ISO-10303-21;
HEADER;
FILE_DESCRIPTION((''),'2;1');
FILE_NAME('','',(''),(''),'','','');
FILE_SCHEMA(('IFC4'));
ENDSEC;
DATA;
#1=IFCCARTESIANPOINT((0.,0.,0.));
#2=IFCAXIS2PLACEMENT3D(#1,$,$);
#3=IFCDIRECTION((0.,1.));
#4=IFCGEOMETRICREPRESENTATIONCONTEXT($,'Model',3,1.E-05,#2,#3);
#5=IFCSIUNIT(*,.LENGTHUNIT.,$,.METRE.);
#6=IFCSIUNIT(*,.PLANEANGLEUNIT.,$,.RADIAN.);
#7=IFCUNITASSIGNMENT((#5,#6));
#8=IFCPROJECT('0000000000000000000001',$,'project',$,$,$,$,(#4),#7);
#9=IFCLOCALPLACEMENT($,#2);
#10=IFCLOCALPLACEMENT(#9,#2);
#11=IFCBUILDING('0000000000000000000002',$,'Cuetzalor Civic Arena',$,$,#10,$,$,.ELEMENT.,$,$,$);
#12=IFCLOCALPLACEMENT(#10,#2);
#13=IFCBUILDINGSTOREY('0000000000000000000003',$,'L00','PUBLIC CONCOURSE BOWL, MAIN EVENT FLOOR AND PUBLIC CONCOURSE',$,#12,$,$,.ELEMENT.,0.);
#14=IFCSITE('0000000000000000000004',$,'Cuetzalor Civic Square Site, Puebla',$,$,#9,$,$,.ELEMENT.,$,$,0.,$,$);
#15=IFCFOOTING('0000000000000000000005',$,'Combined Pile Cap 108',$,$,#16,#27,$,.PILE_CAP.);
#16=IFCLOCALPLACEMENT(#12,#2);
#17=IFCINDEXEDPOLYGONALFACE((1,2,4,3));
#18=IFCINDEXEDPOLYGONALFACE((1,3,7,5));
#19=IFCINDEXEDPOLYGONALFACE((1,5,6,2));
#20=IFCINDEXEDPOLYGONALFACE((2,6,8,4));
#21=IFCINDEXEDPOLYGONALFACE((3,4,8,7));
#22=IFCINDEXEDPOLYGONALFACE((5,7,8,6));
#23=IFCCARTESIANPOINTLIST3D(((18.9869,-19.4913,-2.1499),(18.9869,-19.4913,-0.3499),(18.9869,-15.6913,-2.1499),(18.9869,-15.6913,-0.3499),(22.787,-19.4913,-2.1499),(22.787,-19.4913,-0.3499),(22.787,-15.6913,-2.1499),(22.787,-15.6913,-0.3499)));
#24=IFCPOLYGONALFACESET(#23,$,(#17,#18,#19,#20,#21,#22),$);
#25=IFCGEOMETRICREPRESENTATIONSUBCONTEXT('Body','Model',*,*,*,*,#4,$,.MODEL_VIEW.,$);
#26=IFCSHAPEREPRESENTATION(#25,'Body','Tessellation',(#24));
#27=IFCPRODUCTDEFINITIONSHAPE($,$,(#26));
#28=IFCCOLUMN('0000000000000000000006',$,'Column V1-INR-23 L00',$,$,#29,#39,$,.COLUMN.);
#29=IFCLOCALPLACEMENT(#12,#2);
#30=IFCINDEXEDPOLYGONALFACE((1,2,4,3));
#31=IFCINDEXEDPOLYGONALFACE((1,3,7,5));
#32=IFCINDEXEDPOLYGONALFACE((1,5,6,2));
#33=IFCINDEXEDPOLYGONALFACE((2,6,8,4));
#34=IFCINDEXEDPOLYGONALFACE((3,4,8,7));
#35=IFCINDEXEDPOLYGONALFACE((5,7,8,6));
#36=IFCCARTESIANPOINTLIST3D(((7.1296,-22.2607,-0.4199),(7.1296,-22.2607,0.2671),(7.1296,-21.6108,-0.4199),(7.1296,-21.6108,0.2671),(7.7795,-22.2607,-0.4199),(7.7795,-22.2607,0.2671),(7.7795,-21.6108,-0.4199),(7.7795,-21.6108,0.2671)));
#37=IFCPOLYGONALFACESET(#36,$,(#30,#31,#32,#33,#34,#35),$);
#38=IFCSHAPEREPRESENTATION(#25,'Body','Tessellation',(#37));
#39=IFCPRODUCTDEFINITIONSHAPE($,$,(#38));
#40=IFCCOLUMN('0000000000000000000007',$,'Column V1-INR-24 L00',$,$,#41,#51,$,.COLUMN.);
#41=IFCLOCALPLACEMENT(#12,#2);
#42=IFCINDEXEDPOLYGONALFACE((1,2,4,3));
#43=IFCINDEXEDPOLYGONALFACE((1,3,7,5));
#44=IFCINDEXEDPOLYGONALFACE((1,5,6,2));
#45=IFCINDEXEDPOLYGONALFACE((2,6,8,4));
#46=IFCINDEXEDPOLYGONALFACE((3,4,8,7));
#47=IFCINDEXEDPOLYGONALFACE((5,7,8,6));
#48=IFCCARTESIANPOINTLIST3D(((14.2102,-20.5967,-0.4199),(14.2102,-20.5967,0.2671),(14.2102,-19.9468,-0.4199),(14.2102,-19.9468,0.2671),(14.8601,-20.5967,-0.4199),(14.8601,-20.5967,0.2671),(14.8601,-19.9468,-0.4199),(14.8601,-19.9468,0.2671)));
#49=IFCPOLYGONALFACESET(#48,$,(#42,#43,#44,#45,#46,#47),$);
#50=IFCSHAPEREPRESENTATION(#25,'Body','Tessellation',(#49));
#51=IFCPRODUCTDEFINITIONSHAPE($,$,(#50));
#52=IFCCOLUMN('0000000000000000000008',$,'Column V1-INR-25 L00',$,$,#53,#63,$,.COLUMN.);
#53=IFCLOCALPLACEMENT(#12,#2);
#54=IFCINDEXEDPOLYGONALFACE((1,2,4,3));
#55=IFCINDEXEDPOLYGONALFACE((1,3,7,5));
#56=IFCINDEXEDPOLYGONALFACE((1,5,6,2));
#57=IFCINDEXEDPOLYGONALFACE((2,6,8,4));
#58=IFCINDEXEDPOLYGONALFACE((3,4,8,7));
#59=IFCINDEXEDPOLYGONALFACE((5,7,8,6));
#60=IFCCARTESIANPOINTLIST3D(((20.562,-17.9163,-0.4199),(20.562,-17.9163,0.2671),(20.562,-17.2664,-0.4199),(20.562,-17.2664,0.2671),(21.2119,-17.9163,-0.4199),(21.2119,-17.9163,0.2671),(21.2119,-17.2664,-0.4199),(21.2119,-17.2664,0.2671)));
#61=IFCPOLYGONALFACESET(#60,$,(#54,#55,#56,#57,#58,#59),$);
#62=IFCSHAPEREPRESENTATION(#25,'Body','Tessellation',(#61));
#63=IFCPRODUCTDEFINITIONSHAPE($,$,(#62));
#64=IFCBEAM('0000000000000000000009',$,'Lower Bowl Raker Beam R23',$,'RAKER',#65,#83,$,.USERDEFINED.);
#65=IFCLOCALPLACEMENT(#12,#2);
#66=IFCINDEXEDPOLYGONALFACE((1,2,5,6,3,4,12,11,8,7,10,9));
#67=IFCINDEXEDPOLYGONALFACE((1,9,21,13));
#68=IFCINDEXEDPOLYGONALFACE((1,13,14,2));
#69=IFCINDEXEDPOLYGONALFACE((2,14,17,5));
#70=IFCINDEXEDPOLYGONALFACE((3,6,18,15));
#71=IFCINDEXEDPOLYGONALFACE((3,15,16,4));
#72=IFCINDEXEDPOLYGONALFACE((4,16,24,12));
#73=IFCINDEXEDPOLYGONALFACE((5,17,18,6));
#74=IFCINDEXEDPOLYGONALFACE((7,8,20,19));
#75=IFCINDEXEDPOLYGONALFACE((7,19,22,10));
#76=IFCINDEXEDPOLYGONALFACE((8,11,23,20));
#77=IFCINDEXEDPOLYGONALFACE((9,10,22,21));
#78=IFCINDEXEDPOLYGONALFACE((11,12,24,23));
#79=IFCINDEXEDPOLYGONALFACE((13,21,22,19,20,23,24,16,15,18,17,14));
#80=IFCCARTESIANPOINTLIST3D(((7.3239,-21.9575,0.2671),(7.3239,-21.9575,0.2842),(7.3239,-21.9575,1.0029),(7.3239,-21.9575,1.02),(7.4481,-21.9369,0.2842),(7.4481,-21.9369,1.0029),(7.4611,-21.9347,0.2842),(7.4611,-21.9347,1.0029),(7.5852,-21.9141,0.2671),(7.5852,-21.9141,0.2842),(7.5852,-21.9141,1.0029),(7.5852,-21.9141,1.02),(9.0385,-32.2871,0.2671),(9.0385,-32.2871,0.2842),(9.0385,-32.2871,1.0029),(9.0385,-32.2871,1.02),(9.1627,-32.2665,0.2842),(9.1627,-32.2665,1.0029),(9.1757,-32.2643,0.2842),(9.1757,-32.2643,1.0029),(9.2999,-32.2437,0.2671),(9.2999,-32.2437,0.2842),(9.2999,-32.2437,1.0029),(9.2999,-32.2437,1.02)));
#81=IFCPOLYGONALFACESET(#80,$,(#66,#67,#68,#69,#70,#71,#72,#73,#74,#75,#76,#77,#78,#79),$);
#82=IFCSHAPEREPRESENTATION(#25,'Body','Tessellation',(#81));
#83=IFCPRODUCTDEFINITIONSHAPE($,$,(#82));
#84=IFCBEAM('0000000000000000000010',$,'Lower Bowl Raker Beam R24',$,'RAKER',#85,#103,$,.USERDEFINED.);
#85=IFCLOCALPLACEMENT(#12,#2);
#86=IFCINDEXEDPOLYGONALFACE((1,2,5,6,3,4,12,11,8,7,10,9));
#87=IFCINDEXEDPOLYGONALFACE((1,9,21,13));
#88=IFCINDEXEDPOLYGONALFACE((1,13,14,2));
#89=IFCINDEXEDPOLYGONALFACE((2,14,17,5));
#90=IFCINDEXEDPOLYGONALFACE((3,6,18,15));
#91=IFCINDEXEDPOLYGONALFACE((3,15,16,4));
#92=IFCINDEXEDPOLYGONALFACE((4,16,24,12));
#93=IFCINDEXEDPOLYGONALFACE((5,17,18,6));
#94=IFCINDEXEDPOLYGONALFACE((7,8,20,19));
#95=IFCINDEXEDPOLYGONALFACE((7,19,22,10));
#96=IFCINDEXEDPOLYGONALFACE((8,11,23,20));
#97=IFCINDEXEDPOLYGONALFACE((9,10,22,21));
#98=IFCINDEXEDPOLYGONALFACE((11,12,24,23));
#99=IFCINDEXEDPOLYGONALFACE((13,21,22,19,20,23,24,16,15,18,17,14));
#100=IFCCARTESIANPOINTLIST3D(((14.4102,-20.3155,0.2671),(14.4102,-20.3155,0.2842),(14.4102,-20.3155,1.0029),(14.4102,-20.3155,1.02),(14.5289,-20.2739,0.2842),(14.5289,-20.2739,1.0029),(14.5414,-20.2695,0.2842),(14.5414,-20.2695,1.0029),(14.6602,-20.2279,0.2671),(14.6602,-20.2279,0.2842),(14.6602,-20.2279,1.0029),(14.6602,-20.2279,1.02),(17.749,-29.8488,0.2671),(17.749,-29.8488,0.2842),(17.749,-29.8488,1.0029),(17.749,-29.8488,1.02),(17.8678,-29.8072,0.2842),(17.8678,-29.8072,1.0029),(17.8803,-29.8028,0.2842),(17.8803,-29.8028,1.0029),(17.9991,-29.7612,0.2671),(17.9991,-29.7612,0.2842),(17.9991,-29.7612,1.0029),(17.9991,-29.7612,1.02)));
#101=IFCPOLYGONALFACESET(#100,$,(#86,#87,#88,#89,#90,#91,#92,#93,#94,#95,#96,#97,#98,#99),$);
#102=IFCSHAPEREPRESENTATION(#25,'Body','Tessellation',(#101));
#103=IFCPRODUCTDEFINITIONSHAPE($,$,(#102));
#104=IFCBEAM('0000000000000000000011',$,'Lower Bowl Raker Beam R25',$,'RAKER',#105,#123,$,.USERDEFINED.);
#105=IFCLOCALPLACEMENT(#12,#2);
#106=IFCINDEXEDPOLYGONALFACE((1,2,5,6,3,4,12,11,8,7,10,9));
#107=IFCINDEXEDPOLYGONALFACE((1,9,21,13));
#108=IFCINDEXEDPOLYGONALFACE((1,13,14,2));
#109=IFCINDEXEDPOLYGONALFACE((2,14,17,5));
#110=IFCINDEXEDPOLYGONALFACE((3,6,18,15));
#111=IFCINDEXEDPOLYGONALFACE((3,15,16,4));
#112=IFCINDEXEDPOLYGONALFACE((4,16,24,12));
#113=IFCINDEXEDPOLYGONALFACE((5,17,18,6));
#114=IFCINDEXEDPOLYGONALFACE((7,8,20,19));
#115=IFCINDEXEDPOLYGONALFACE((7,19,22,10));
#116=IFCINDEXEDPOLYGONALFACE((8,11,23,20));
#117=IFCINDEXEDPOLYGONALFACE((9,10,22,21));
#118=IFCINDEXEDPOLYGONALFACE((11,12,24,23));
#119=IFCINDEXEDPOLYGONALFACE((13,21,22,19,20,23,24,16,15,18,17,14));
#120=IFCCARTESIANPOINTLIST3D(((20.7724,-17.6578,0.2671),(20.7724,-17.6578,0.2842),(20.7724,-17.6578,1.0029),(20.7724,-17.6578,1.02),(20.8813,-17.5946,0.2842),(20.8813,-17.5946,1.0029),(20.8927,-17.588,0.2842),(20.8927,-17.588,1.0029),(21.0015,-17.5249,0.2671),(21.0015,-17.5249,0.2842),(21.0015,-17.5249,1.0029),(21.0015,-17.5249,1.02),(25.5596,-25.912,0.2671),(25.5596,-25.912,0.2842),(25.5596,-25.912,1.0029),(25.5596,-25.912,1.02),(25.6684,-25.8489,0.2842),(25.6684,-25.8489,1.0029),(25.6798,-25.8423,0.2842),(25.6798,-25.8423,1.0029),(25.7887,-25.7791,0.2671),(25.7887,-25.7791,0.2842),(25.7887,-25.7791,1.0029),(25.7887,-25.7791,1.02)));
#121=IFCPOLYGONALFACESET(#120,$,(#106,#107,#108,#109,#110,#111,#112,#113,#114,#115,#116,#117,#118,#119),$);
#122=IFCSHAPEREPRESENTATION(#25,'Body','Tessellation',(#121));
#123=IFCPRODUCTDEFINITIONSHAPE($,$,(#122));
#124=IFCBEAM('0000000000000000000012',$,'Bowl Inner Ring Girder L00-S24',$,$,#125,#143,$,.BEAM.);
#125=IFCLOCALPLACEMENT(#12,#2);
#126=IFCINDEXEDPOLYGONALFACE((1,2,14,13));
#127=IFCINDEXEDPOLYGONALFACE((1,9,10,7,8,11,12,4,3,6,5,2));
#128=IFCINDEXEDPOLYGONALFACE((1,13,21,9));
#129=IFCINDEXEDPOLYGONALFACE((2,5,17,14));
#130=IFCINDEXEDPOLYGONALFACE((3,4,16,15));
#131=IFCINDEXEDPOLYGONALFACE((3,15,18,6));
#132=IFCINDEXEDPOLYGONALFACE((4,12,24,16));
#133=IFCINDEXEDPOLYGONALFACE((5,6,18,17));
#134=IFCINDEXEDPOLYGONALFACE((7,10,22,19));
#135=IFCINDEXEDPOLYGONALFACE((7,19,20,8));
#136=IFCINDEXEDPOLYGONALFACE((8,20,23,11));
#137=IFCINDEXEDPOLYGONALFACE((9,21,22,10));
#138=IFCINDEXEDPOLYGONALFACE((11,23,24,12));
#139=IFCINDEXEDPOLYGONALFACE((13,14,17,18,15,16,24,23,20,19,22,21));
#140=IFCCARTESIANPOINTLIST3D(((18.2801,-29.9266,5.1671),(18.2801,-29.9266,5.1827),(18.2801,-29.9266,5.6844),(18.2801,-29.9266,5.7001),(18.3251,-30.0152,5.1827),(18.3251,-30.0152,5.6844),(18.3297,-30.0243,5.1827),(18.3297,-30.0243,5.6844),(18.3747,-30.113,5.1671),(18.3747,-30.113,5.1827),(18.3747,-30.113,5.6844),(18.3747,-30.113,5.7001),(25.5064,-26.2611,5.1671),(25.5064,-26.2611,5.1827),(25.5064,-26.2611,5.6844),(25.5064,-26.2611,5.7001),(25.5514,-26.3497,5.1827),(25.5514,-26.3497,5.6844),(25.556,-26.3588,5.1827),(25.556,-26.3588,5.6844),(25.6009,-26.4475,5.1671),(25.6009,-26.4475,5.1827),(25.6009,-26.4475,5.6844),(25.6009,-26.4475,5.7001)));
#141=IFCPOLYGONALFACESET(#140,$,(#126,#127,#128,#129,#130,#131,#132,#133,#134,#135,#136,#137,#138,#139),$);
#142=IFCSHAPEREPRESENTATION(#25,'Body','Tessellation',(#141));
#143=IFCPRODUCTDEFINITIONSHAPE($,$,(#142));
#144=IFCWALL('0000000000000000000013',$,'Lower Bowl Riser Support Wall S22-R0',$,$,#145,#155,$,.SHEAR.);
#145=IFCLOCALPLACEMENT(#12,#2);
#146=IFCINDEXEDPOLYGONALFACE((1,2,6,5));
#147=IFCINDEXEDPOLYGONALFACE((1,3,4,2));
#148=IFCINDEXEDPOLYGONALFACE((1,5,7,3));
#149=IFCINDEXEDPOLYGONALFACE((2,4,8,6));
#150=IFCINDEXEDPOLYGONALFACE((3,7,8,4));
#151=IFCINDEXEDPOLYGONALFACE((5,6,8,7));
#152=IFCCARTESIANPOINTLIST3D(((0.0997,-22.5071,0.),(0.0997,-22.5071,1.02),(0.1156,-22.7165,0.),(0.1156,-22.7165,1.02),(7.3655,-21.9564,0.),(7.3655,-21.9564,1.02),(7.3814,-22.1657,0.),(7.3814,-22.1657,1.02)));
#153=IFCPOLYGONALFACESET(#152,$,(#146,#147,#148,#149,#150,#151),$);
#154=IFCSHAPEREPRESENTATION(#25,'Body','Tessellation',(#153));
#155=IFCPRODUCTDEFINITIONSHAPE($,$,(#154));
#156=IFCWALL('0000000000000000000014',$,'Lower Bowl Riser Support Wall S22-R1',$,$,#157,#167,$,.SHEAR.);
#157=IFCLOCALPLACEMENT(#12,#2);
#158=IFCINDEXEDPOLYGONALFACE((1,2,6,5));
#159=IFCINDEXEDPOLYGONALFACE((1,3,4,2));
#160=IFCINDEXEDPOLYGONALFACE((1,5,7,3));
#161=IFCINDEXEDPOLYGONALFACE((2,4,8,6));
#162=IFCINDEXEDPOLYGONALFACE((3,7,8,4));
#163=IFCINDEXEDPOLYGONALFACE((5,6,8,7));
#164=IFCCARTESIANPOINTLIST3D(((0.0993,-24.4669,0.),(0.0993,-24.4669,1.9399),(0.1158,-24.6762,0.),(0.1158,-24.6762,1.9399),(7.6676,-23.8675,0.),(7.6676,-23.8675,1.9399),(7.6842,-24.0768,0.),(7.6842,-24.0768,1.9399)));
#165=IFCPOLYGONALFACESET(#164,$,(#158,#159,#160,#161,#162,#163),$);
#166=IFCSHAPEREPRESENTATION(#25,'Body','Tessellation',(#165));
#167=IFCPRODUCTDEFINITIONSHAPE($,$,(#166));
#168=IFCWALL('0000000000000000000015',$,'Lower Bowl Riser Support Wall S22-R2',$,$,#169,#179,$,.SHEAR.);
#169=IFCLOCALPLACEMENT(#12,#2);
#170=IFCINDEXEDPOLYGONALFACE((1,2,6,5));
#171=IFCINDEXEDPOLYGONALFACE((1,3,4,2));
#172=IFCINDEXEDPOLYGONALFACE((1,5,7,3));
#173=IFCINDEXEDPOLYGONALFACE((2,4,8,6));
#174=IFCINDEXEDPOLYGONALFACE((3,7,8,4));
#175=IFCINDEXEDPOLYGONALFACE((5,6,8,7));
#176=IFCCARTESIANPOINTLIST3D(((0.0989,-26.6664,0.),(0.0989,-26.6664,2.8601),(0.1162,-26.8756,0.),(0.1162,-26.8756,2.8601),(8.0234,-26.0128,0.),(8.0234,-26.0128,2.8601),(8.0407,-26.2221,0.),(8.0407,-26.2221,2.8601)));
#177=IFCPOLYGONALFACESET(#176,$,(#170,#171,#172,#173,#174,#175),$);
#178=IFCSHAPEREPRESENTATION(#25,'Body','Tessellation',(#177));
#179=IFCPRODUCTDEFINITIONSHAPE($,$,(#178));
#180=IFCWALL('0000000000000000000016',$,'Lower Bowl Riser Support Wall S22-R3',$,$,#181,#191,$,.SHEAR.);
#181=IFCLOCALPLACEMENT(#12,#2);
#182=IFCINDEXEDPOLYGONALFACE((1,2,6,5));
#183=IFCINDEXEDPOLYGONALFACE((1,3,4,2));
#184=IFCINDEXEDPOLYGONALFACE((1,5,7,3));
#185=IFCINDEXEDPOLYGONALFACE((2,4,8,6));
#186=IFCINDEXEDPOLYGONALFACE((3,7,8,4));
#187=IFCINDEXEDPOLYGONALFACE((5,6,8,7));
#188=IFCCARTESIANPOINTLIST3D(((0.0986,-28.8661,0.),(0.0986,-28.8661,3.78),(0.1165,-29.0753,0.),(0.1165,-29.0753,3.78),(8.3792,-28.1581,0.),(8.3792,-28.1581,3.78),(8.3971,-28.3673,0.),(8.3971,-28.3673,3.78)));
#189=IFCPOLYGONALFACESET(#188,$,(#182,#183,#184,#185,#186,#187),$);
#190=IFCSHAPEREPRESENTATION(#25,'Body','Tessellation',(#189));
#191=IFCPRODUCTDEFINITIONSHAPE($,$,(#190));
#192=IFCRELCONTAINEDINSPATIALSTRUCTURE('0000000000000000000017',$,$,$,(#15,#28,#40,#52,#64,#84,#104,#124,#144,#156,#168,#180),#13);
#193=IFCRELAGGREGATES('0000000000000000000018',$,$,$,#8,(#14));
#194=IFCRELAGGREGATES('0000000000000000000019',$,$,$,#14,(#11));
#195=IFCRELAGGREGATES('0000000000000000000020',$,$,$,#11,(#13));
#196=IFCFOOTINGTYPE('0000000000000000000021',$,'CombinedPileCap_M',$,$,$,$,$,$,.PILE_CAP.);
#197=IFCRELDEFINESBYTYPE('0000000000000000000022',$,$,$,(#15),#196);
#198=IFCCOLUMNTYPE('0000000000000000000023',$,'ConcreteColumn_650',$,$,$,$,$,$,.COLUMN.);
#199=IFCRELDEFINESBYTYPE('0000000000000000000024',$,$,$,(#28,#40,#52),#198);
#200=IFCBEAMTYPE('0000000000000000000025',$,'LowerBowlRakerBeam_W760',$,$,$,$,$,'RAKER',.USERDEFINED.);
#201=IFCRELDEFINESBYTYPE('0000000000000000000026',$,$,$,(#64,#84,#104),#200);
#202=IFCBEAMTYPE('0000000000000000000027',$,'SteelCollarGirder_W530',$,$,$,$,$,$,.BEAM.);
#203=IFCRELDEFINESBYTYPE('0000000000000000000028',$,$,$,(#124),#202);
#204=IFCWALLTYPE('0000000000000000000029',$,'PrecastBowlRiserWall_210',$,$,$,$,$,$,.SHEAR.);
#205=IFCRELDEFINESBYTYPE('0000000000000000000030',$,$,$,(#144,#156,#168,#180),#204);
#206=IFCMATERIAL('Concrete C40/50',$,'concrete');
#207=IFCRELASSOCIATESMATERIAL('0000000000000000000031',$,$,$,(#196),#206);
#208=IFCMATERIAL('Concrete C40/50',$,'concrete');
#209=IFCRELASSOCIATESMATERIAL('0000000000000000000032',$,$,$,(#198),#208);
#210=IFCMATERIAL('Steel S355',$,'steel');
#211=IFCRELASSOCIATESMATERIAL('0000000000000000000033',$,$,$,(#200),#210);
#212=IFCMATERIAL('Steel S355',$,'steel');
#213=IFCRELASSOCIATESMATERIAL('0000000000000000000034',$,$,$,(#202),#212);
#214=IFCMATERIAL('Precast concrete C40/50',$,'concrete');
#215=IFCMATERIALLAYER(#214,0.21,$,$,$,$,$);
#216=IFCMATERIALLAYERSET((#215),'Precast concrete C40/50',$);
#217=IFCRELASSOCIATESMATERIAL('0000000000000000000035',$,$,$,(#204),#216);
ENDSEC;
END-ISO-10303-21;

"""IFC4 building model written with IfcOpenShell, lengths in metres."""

from ifc_helpers import new_model, si_unit, direction, frame, frame_2d, origin, origin_2d, place, context, subcontext, project, spatial, rectangle, i_section, extrude, material, layer, layer_set, material_profile, profile_set, type_object, element, save


model = new_model("IFC4")

# Units and contexts
model_context = context("Model", 3, precision=1e-05, world=origin(), true_north=direction((0.0, 1.0)))
body_context = subcontext(model_context, "Body", "Model", "MODEL_VIEW")
ifc_project = project(units=[si_unit("LENGTHUNIT", "METRE"), si_unit("PLANEANGLEUNIT", "RADIAN")], contexts=[model_context])

# Site, building, storey
site_placement = place(None, origin())
site = spatial("IfcSite", under=ifc_project, at=site_placement, Name="Cuetzalor Civic Square Site, Puebla", CompositionType="ELEMENT", RefElevation=0.0)
building_placement = place(site_placement, origin())
building = spatial("IfcBuilding", under=site, at=building_placement, Name="Cuetzalor Civic Arena", CompositionType="ELEMENT")
storey_placement = place(building_placement, origin())
storey = spatial("IfcBuildingStorey", under=building, at=storey_placement, Name="L00", Description="PUBLIC CONCOURSE BOWL, MAIN EVENT FLOOR AND PUBLIC CONCOURSE", CompositionType="ELEMENT", Elevation=0.0)

# Footing
ifc_material_1 = material(Name="Concrete C40/50", Category="concrete")
footing_type = type_object("IfcFootingType", Name="CombinedPileCap_M", PredefinedType="PILE_CAP", material=ifc_material_1)
for number, where, z_axis, x_axis, name in (
    (1, (20.887, -17.5913, -2.1499), (0.0, 0.0, 1.0), (1.0, 0.0, 0.0), "Combined Pile Cap 108"),
):
    element("IfcFooting", number, at=place(storey_placement, frame(where, z_axis=z_axis, x_axis=x_axis)), inside=storey, type_object=footing_type, Name=name, PredefinedType="PILE_CAP", context=body_context, shape_type="SweptSolid", body=[
        extrude(rectangle(XDim=3.8, YDim=3.8, at=origin_2d()), origin(), (0.0, 0.0, 1.0), 1.8),
    ])

# Columns
ifc_material_2 = material(Name="Concrete C40/50", Category="concrete")
ifc_material_profile_1 = material_profile(ifc_material_2, rectangle(XDim=0.6499, YDim=0.6499, at=origin_2d()), Name="RC 650x650")
ifc_profile_set_1 = profile_set([ifc_material_profile_1], Name="Concrete C40/50")
column_type = type_object("IfcColumnType", Name="ConcreteColumn_650", PredefinedType="COLUMN", material=ifc_profile_set_1)
for number, where, z_axis, x_axis, name in (
    (2, (7.4546, -21.9358, -0.4199), (0.0, 0.0, 1.0), (1.0, 0.0, 0.0), "Column V1-INR-23 L00"),
    (3, (14.5352, -20.2717, -0.4199), (0.0, 0.0, 1.0), (1.0, 0.0, 0.0), "Column V1-INR-24 L00"),
    (4, (20.887, -17.5913, -0.4199), (0.0, 0.0, 1.0), (1.0, 0.0, 0.0), "Column V1-INR-25 L00"),
):
    element("IfcColumn", number, at=place(storey_placement, frame(where, z_axis=z_axis, x_axis=x_axis)), inside=storey, type_object=column_type, Name=name, PredefinedType="COLUMN", context=body_context, shape_type="SweptSolid", body=[
        extrude(rectangle(XDim=0.6499, YDim=0.6499, at=origin_2d()), origin(), (0.0, 0.0, 1.0), 0.687),
    ])

# Beams
ifc_material_3 = material(Name="Steel S355", Category="steel")
ifc_material_profile_2 = material_profile(ifc_material_3, i_section(OverallWidth=0.2649, OverallDepth=0.7529, WebThickness=0.0132, FlangeThickness=0.0171, at=origin_2d()), Name="W760x147")
ifc_profile_set_2 = profile_set([ifc_material_profile_2], Name="Steel S355")
beam_type_1 = type_object("IfcBeamType", Name="LowerBowlRakerBeam_W760", ElementType="RAKER", PredefinedType="USERDEFINED", material=ifc_profile_set_2)
beam_1_placement = place(storey_placement, frame((7.4546, -21.9358, 0.6436), z_axis=(0.163749, -0.986502, 0.0), x_axis=(0.986502, 0.163749, 0.0)))
element("IfcBeam", 5, at=beam_1_placement, inside=storey, type_object=beam_type_1, Name="Lower Bowl Raker Beam R23", ObjectType="RAKER", PredefinedType="USERDEFINED", context=body_context, shape_type="SweptSolid", body=[
    extrude(i_section(OverallWidth=0.2649, OverallDepth=0.7529, WebThickness=0.0132, FlangeThickness=0.0171, at=origin_2d()), origin(), (0.0, 0.0, 1.0), 10.4709),
])
beam_2_placement = place(storey_placement, frame((14.5352, -20.2717, 0.6436), z_axis=(0.330549, -0.943789, 0.0), x_axis=(0.943789, 0.330549, 0.0)))
element("IfcBeam", 6, at=beam_2_placement, inside=storey, type_object=beam_type_1, Name="Lower Bowl Raker Beam R24", ObjectType="RAKER", PredefinedType="USERDEFINED", context=body_context, shape_type="SweptSolid", body=[
    extrude(i_section(OverallWidth=0.2649, OverallDepth=0.7529, WebThickness=0.0132, FlangeThickness=0.0171, at=origin_2d()), origin(), (0.0, 0.0, 1.0), 10.1011),
])
beam_3_placement = place(storey_placement, frame((20.887, -17.5913, 0.6436), z_axis=(0.501695, -0.865045, 0.0), x_axis=(0.865045, 0.501695, 0.0)))
element("IfcBeam", 7, at=beam_3_placement, inside=storey, type_object=beam_type_1, Name="Lower Bowl Raker Beam R25", ObjectType="RAKER", PredefinedType="USERDEFINED", context=body_context, shape_type="SweptSolid", body=[
    extrude(i_section(OverallWidth=0.2649, OverallDepth=0.7529, WebThickness=0.0132, FlangeThickness=0.0171, at=origin_2d()), origin(), (0.0, 0.0, 1.0), 9.542),
])
ifc_material_4 = material(Name="Steel S355", Category="steel")
ifc_material_profile_3 = material_profile(ifc_material_4, i_section(OverallWidth=0.209, OverallDepth=0.533, WebThickness=0.0103, FlangeThickness=0.0156, at=origin_2d()), Name="W530x92")
ifc_profile_set_3 = profile_set([ifc_material_profile_3], Name="Steel S355")
beam_type_2 = type_object("IfcBeamType", Name="SteelCollarGirder_W530", PredefinedType="BEAM", material=ifc_profile_set_3)
beam_4_placement = place(storey_placement, frame((18.3274, -30.0198, 5.4336), z_axis=(0.891827, 0.452376, 0.0), x_axis=(-0.452376, 0.891827, 0.0)))
element("IfcBeam", 8, at=beam_4_placement, inside=storey, type_object=beam_type_2, Name="Bowl Inner Ring Girder L00-S24", PredefinedType="BEAM", context=body_context, shape_type="SweptSolid", body=[
    extrude(i_section(OverallWidth=0.209, OverallDepth=0.533, WebThickness=0.0103, FlangeThickness=0.0156, at=origin_2d()), origin(), (0.0, 0.0, 1.0), 8.1028),
])

# Walls
ifc_material_5 = material(Name="Precast concrete C40/50", Category="concrete")
ifc_layer = layer(ifc_material_5, 0.21)
ifc_layer_set = layer_set([ifc_layer], Name="Precast concrete C40/50")
wall_type = type_object("IfcWallType", Name="PrecastBowlRiserWall_210", PredefinedType="SHEAR", material=ifc_layer_set)
wall_1_placement = place(storey_placement, frame((0.1077, -22.6118, 0.0), z_axis=(0.0, 0.0, 1.0), x_axis=(0.997139, 0.075587, 0.0)))
element("IfcWall", 9, at=wall_1_placement, inside=storey, type_object=wall_type, Name="Lower Bowl Riser Support Wall S22-R0", PredefinedType="SHEAR", context=body_context, shape_type="SweptSolid", body=[
    extrude(rectangle(XDim=7.2866, YDim=0.21, at=frame_2d((3.6433, 0.0))), origin(), (0.0, 0.0, 1.0), 1.02),
])
wall_2_placement = place(storey_placement, frame((0.1077, -24.5715, 0.0), z_axis=(0.0, 0.0, 1.0), x_axis=(0.996879, 0.078946, 0.0)))
element("IfcWall", 10, at=wall_2_placement, inside=storey, type_object=wall_type, Name="Lower Bowl Riser Support Wall S22-R1", PredefinedType="SHEAR", context=body_context, shape_type="SweptSolid", body=[
    extrude(rectangle(XDim=7.592, YDim=0.21, at=frame_2d((3.7959, 0.0))), origin(), (0.0, 0.0, 1.0), 1.9399),
])
wall_3_placement = place(storey_placement, frame((0.1077, -26.771, 0.0), z_axis=(0.0, 0.0, 1.0), x_axis=(0.996616, 0.082194, 0.0)))
element("IfcWall", 11, at=wall_3_placement, inside=storey, type_object=wall_type, Name="Lower Bowl Riser Support Wall S22-R2", PredefinedType="SHEAR", context=body_context, shape_type="SweptSolid", body=[
    extrude(rectangle(XDim=7.9514, YDim=0.21, at=frame_2d((3.9756, 0.0))), origin(), (0.0, 0.0, 1.0), 2.8601),
])
wall_4_placement = place(storey_placement, frame((0.1077, -28.9707, 0.0), z_axis=(0.0, 0.0, 1.0), x_axis=(0.996365, 0.085192, 0.0)))
element("IfcWall", 12, at=wall_4_placement, inside=storey, type_object=wall_type, Name="Lower Bowl Riser Support Wall S22-R3", PredefinedType="SHEAR", context=body_context, shape_type="SweptSolid", body=[
    extrude(rectangle(XDim=8.3108, YDim=0.21, at=frame_2d((4.1553, 0.0))), origin(), (0.0, 0.0, 1.0), 3.78),
])

save(model, "model.ifc")
